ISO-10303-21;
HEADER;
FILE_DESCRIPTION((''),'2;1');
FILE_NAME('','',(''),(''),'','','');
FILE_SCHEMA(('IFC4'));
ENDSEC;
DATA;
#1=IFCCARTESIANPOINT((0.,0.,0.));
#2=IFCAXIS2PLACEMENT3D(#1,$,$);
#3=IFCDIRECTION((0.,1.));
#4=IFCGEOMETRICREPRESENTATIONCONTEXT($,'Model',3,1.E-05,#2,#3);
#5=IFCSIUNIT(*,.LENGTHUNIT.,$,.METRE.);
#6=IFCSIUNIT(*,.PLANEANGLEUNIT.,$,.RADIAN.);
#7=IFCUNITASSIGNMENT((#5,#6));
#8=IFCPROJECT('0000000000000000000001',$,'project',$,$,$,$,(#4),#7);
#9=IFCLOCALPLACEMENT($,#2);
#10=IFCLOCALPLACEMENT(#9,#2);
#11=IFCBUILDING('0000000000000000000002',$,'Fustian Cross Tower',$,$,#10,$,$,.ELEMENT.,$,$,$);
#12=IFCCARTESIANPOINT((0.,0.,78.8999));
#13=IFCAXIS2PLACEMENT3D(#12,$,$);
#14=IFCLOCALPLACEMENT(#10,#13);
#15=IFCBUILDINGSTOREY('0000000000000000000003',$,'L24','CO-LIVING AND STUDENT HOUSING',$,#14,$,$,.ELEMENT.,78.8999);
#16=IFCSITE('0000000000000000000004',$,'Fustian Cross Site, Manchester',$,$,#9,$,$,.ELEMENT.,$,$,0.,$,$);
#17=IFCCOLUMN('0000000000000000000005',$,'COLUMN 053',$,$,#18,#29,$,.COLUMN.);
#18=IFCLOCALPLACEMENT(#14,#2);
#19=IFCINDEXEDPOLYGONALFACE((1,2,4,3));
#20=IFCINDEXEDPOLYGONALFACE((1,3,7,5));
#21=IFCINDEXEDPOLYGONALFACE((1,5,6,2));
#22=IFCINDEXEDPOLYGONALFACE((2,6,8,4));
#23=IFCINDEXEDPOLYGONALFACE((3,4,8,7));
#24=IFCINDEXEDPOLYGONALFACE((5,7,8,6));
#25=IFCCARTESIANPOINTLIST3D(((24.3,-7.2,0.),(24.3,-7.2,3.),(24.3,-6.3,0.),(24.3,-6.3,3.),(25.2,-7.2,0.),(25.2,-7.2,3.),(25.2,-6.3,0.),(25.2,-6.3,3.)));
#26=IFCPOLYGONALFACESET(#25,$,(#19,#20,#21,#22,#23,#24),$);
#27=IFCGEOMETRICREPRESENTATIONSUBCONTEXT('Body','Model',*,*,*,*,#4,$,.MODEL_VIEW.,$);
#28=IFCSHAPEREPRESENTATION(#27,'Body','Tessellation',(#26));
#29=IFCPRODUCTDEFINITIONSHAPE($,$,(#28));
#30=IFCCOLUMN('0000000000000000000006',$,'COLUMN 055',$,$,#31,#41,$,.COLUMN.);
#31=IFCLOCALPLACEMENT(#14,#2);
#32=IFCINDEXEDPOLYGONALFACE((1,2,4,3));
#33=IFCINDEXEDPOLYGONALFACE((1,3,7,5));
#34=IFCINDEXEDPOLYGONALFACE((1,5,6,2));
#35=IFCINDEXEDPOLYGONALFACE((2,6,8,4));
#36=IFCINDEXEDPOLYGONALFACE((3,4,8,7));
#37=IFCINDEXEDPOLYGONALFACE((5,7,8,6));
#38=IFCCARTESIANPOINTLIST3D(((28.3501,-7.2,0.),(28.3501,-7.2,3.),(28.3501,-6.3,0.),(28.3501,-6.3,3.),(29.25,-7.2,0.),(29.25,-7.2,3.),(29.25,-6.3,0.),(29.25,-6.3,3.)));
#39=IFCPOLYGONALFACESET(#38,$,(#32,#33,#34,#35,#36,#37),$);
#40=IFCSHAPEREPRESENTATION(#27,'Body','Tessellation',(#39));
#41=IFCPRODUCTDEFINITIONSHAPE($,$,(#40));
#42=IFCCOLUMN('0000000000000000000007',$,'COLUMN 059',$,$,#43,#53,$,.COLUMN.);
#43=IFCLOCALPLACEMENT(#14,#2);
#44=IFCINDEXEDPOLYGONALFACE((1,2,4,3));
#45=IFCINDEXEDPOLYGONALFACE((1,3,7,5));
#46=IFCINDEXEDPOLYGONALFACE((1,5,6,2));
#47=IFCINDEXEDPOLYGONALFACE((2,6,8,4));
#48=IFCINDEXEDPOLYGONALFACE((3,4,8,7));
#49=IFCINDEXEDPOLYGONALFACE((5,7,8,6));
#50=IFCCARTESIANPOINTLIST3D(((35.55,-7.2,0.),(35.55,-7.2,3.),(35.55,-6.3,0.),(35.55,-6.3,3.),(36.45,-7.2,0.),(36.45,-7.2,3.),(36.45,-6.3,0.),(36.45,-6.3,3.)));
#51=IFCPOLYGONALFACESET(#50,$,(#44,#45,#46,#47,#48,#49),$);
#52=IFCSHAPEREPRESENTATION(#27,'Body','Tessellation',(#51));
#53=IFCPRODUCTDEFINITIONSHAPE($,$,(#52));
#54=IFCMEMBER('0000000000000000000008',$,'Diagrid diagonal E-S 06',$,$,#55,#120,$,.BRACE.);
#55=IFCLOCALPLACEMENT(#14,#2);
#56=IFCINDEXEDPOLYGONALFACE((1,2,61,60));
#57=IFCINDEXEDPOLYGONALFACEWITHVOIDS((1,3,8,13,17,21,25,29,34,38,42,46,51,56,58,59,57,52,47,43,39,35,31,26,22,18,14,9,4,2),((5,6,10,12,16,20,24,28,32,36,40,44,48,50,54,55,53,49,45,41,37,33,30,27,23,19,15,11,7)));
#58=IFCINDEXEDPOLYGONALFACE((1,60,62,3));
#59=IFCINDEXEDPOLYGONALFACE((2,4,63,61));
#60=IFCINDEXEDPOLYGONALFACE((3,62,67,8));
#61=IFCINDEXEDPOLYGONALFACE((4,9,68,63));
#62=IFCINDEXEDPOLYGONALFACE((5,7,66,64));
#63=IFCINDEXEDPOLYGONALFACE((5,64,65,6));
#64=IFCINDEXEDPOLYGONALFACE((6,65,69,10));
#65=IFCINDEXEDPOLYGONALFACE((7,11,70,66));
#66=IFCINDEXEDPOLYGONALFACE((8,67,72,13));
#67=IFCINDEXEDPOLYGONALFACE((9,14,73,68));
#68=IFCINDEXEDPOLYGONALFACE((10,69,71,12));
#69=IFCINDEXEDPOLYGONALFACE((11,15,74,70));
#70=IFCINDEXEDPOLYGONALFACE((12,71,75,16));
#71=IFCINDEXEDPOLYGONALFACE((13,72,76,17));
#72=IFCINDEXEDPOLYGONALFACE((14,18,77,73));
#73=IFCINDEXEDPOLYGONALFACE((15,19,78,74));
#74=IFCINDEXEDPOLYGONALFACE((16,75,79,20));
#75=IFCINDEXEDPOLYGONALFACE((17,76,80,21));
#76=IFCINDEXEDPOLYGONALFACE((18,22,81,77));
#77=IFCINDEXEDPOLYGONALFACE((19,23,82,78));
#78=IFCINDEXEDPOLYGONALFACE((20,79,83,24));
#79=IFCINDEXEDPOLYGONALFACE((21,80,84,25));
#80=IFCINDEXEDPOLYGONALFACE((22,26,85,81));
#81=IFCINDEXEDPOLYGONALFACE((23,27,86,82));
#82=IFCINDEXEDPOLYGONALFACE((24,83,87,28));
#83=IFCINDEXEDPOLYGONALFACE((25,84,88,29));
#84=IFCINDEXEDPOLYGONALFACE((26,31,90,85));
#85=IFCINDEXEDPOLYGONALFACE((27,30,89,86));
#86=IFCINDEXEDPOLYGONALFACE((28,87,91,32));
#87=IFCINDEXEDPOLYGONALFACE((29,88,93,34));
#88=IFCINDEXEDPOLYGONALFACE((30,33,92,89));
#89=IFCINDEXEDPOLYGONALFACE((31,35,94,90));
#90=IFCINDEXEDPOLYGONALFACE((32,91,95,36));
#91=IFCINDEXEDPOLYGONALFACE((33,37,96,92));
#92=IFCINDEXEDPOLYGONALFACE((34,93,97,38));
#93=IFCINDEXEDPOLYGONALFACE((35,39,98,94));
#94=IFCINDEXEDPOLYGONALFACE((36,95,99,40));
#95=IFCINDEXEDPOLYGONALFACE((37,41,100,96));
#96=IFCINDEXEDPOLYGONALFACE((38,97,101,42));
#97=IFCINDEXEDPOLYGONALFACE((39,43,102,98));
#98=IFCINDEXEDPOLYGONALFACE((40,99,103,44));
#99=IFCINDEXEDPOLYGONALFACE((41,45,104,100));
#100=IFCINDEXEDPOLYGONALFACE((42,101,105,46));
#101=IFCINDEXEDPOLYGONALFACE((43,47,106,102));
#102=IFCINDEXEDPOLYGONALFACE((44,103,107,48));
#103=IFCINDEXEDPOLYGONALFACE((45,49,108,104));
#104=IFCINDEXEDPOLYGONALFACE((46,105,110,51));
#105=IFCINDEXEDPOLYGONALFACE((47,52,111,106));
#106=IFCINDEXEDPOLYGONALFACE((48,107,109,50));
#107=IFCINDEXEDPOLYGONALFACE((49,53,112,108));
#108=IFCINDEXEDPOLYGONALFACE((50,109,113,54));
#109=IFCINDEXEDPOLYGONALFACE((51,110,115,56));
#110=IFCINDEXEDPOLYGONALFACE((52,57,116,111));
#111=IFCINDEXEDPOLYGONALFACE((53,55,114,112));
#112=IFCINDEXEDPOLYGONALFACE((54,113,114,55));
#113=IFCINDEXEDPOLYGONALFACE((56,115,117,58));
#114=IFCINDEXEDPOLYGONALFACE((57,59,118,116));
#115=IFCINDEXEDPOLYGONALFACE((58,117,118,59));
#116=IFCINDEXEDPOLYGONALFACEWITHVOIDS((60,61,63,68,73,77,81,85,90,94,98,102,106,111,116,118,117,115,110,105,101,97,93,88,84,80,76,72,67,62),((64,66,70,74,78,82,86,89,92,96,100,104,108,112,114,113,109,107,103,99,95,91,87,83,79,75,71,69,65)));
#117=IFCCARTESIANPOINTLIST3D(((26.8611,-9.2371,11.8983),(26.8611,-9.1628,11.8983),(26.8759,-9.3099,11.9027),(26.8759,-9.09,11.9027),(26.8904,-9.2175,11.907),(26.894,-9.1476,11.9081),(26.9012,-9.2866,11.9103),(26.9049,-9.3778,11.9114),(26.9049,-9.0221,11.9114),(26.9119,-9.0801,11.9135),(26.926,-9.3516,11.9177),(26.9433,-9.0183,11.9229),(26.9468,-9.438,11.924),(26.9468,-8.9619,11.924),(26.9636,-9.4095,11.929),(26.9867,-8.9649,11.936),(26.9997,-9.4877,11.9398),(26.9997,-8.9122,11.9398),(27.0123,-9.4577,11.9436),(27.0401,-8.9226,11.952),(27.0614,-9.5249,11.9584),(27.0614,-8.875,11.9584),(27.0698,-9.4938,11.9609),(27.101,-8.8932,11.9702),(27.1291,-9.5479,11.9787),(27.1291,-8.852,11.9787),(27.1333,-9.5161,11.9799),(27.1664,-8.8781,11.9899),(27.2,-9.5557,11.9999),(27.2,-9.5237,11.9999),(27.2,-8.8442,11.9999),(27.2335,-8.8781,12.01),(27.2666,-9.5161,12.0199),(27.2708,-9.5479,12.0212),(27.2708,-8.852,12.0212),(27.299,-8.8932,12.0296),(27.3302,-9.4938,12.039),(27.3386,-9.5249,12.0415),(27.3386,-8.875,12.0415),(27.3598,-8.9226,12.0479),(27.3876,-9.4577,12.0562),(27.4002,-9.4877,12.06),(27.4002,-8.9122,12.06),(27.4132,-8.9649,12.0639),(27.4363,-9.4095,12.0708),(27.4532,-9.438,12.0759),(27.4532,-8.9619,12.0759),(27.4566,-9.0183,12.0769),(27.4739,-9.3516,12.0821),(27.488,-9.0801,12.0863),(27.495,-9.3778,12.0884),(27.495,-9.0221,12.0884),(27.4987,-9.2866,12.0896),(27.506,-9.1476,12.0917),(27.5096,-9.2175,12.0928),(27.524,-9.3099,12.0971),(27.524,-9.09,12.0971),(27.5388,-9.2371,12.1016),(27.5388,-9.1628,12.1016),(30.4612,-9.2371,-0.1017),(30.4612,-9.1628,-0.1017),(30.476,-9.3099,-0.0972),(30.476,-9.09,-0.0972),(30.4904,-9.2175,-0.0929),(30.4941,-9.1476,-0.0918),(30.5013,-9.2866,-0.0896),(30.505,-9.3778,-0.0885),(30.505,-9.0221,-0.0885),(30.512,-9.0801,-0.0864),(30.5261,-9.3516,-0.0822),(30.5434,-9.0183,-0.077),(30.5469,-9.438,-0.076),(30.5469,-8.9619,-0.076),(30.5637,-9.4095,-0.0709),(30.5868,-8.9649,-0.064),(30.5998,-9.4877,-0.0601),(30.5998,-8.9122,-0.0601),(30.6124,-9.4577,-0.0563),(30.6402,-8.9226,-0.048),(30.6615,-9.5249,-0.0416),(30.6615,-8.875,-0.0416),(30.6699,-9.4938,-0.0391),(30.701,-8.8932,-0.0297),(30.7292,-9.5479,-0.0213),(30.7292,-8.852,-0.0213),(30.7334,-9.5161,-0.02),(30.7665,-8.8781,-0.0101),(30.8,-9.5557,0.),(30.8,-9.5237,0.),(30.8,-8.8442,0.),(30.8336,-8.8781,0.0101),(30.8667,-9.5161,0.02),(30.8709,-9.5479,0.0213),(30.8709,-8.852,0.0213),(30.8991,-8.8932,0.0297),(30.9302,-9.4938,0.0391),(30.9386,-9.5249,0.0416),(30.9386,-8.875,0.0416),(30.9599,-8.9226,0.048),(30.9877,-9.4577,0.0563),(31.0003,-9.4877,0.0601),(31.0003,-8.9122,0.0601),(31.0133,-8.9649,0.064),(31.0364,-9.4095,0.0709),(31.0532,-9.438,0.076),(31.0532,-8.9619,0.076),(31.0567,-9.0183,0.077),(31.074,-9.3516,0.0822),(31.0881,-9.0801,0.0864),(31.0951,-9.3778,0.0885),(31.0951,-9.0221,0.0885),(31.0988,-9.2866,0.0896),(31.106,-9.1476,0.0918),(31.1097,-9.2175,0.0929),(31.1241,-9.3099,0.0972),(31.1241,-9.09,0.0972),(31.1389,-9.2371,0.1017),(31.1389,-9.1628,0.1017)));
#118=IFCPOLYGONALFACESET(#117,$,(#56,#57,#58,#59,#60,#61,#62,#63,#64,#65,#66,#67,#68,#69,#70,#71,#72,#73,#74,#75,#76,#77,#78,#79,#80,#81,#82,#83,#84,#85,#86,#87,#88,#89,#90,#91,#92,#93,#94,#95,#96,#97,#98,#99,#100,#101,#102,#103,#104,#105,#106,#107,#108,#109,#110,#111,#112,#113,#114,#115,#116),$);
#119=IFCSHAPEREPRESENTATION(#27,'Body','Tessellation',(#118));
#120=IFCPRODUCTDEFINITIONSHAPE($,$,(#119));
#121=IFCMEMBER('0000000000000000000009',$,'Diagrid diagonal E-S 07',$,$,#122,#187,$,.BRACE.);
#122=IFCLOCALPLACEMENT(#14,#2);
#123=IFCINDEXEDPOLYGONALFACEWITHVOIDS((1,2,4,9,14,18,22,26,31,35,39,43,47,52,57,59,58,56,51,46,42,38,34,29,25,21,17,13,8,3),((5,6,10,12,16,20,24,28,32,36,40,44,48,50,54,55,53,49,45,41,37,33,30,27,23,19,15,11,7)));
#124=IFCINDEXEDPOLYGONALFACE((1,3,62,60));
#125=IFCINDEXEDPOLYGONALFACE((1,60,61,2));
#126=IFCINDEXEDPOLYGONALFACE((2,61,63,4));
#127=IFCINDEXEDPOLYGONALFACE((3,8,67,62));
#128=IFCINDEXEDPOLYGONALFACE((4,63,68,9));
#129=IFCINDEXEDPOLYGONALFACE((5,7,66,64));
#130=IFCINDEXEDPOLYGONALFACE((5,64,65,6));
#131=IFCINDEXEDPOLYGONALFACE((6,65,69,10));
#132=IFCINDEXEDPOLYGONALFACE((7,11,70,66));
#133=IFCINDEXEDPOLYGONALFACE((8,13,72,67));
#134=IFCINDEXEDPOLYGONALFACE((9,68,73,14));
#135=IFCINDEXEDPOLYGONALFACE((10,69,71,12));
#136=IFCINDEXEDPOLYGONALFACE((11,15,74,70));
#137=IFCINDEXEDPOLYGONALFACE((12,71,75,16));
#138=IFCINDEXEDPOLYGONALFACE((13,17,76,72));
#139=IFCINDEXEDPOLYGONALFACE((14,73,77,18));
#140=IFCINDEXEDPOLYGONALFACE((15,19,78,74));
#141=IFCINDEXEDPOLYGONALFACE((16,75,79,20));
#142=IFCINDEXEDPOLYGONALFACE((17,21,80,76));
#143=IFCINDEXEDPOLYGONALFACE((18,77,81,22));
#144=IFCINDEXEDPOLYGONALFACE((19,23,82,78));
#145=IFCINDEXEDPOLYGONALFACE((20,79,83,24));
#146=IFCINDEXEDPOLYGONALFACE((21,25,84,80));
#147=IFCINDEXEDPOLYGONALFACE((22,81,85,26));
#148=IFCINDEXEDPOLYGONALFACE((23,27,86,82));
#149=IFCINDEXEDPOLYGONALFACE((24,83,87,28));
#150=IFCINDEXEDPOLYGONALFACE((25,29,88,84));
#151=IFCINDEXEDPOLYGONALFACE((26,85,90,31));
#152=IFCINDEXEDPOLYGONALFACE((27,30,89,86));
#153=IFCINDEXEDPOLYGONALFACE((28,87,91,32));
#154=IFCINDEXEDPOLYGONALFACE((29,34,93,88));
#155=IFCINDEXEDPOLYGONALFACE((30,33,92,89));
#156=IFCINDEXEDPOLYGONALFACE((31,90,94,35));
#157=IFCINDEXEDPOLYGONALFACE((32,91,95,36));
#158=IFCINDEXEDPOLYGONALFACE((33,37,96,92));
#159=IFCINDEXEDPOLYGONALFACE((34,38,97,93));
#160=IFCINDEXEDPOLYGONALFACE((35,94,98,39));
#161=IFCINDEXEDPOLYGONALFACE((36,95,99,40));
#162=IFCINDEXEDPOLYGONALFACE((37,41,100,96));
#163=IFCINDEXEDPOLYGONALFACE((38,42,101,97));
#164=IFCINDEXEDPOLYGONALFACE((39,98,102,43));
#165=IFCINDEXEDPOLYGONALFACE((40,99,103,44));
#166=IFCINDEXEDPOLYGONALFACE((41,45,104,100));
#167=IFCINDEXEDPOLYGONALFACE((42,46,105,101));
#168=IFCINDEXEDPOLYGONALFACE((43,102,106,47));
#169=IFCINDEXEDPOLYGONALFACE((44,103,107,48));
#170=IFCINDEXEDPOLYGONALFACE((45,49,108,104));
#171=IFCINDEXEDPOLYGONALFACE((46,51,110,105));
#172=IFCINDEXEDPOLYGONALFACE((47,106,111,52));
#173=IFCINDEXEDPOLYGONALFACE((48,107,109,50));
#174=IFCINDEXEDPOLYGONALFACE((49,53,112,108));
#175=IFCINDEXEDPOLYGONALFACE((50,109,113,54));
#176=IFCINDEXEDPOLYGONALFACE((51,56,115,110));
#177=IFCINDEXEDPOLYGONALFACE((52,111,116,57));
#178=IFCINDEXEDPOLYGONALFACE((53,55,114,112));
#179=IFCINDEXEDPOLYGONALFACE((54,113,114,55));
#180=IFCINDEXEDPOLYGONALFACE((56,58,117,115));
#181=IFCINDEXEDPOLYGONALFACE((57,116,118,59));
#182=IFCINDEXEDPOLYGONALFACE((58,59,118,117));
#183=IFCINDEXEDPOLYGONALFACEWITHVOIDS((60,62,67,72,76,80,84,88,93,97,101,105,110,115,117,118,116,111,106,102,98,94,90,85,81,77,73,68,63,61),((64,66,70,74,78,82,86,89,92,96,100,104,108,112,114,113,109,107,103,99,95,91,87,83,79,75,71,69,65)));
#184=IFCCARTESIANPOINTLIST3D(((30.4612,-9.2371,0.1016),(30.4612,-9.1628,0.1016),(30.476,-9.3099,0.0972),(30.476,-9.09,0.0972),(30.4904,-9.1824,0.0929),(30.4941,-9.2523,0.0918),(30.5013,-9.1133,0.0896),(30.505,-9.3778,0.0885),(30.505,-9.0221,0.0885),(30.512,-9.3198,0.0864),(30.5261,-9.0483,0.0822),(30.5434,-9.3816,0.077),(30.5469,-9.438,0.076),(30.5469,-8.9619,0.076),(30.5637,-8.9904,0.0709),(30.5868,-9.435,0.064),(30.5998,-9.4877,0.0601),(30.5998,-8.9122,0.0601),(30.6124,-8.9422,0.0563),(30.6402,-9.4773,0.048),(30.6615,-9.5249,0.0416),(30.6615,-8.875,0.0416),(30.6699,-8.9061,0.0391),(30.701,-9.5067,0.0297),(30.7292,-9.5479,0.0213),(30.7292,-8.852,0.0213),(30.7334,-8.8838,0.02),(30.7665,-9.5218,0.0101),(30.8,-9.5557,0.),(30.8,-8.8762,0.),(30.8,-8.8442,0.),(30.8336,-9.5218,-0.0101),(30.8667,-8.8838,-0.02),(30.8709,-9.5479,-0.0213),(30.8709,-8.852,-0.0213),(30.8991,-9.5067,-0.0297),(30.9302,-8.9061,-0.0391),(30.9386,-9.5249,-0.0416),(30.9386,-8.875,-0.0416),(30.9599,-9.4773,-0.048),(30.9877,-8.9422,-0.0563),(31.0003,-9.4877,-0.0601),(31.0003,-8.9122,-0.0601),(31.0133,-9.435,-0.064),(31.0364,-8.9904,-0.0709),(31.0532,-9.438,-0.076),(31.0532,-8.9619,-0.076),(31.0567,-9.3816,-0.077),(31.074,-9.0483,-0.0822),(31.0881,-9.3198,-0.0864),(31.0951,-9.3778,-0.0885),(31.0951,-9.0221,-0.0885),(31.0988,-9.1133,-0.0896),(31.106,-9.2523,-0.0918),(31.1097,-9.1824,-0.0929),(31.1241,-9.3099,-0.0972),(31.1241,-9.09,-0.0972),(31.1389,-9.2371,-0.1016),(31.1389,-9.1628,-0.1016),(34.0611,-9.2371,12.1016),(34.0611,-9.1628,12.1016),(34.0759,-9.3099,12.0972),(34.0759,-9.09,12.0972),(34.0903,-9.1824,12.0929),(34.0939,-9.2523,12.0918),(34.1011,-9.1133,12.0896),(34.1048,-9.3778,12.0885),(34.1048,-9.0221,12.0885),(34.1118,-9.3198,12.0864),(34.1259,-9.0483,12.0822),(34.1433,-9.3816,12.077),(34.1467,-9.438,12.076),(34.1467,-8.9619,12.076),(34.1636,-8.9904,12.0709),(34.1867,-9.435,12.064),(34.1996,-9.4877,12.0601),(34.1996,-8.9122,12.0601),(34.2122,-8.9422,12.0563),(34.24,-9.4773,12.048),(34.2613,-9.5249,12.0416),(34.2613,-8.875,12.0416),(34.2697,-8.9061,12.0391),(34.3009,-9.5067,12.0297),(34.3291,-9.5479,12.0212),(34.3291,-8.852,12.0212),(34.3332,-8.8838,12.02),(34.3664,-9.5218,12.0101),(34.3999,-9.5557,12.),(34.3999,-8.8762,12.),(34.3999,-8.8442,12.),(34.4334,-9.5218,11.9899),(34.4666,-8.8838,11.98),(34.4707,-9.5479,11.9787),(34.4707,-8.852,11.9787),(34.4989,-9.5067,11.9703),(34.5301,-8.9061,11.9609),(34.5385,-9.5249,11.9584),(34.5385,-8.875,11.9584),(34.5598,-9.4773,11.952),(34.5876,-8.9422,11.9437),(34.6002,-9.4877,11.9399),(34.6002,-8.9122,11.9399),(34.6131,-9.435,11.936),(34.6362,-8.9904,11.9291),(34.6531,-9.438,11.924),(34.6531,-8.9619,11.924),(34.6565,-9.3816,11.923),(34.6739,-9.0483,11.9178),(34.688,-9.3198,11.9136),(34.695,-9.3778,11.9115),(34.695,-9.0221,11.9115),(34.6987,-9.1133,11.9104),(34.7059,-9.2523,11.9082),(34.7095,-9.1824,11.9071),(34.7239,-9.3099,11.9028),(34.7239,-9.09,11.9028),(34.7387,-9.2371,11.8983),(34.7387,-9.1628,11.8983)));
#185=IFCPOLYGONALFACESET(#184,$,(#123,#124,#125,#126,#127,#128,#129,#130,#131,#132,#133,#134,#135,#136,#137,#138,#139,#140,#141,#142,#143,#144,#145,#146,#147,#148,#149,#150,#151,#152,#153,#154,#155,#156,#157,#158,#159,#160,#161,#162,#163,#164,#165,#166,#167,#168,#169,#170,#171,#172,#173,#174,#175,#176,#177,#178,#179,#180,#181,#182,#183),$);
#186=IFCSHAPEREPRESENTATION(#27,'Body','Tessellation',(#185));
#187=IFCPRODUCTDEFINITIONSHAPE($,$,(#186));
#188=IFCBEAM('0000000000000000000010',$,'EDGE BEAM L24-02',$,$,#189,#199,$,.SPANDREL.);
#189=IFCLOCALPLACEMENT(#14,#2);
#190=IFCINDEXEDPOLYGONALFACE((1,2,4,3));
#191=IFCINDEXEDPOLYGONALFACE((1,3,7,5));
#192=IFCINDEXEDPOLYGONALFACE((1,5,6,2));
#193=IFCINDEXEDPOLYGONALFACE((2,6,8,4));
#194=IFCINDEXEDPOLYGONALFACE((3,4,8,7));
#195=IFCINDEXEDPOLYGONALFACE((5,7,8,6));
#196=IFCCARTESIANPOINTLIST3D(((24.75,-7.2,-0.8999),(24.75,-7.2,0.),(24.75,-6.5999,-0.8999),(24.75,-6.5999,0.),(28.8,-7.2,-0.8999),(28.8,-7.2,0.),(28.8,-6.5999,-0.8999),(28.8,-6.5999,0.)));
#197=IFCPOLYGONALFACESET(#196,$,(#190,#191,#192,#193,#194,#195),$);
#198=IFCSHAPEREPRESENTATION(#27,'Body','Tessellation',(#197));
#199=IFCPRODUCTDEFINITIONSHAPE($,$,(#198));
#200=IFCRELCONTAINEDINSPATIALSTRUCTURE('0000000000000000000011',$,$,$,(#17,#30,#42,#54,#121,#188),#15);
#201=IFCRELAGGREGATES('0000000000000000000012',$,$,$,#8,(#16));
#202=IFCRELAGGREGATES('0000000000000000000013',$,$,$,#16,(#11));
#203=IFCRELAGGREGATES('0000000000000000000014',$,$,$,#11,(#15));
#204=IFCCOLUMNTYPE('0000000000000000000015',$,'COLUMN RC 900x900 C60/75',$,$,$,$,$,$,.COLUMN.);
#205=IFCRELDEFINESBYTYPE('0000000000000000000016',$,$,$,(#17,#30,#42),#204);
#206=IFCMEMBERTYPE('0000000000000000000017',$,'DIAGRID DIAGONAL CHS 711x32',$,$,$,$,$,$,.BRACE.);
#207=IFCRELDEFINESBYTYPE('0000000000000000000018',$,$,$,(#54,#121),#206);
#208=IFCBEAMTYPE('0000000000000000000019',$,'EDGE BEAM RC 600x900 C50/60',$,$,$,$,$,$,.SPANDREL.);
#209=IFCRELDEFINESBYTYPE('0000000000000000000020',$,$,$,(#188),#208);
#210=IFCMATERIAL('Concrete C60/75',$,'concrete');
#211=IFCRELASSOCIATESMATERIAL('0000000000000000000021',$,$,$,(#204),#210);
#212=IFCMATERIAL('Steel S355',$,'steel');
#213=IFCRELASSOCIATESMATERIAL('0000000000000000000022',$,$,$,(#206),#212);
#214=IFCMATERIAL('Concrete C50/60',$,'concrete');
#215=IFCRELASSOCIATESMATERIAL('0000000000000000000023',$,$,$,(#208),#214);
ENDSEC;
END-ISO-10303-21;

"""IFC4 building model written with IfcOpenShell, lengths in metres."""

from ifc_helpers import new_model, si_unit, direction, frame, origin, origin_2d, place, context, subcontext, project, spatial, rectangle, hollow_circle, extrude, material, material_profile, profile_set, type_object, element, save


model = new_model("IFC4")

# Units and contexts
model_context = context("Model", 3, precision=1e-05, world=origin(), true_north=direction((0.0, 1.0)))
body_context = subcontext(model_context, "Body", "Model", "MODEL_VIEW")
ifc_project = project(units=[si_unit("LENGTHUNIT", "METRE"), si_unit("PLANEANGLEUNIT", "RADIAN")], contexts=[model_context])

# Site, building, storey
site_placement = place(None, origin())
site = spatial("IfcSite", under=ifc_project, at=site_placement, Name="Fustian Cross Site, Manchester", CompositionType="ELEMENT", RefElevation=0.0)
building_placement = place(site_placement, origin())
building = spatial("IfcBuilding", under=site, at=building_placement, Name="Fustian Cross Tower", CompositionType="ELEMENT")
storey_placement = place(building_placement, frame((0.0, 0.0, 78.8999)))
storey = spatial("IfcBuildingStorey", under=building, at=storey_placement, Name="L24", Description="CO-LIVING AND STUDENT HOUSING", CompositionType="ELEMENT", Elevation=78.8999)

# Columns
ifc_material_1 = material(Name="Concrete C60/75", Category="concrete")
ifc_material_profile_1 = material_profile(ifc_material_1, rectangle(XDim=0.8999, YDim=0.8999, at=origin_2d()), Name="RC 900x900")
ifc_profile_set_1 = profile_set([ifc_material_profile_1], Name="Concrete C60/75")
column_type = type_object("IfcColumnType", Name="COLUMN RC 900x900 C60/75", PredefinedType="COLUMN", material=ifc_profile_set_1)
for number, where, z_axis, x_axis, name in (
    (1, (24.75, -6.75, 0.0), (0.0, 0.0, 1.0), (1.0, 0.0, 0.0), "COLUMN 053"),
    (2, (28.8, -6.75, 0.0), (0.0, 0.0, 1.0), (1.0, 0.0, 0.0), "COLUMN 055"),
    (3, (36.0, -6.75, 0.0), (0.0, 0.0, 1.0), (1.0, 0.0, 0.0), "COLUMN 059"),
):
    element("IfcColumn", number, at=place(storey_placement, frame(where, z_axis=z_axis, x_axis=x_axis)), inside=storey, type_object=column_type, Name=name, PredefinedType="COLUMN", context=body_context, shape_type="SweptSolid", body=[
        extrude(rectangle(XDim=0.8999, YDim=0.8999, at=origin_2d()), origin(), (0.0, 0.0, 1.0), 3.0),
    ])

# Members
ifc_material_2 = material(Name="Steel S355", Category="steel")
ifc_material_profile_2 = material_profile(ifc_material_2, hollow_circle(Radius=0.3557, WallThickness=0.032, at=origin_2d()), Name="CHS 711x32")
ifc_profile_set_2 = profile_set([ifc_material_profile_2], Name="Steel S355")
member_type = type_object("IfcMemberType", Name="DIAGRID DIAGONAL CHS 711x32", PredefinedType="BRACE", material=ifc_profile_set_2)
for number, where, z_axis, x_axis, name in (
    (4, (30.8, -9.2, 0.0), (-0.287355, 0.0, 0.957824), (0.0, -1.0, 0.0), "Diagrid diagonal E-S 06"),
    (5, (30.8, -9.2, 0.0), (0.287337, 0.0, 0.95783), (0.0, 1.0, 0.0), "Diagrid diagonal E-S 07"),
):
    element("IfcMember", number, at=place(storey_placement, frame(where, z_axis=z_axis, x_axis=x_axis)), inside=storey, type_object=member_type, Name=name, PredefinedType="BRACE", context=body_context, shape_type="SweptSolid", body=[
        extrude(hollow_circle(Radius=0.3557, WallThickness=0.032, at=origin_2d()), origin(), (0.0, 0.0, 1.0), 12.5283),
    ])

# Beam
ifc_material_3 = material(Name="Concrete C50/60", Category="concrete")
ifc_material_profile_3 = material_profile(ifc_material_3, rectangle(XDim=0.6001, YDim=0.8999, at=origin_2d()), Name="RC 600x900")
ifc_profile_set_3 = profile_set([ifc_material_profile_3], Name="Concrete C50/60")
beam_type = type_object("IfcBeamType", Name="EDGE BEAM RC 600x900 C50/60", PredefinedType="SPANDREL", material=ifc_profile_set_3)
beam_1_placement = place(storey_placement, frame((24.75, -6.8999, -0.45), z_axis=(1.0, 0.0, 0.0), x_axis=(0.0, 1.0, 0.0)))
element("IfcBeam", 6, at=beam_1_placement, inside=storey, type_object=beam_type, Name="EDGE BEAM L24-02", PredefinedType="SPANDREL", context=body_context, shape_type="SweptSolid", body=[
    extrude(rectangle(XDim=0.6001, YDim=0.8999, at=origin_2d()), origin(), (0.0, 0.0, 1.0), 4.05),
])

save(model, "model.ifc")
